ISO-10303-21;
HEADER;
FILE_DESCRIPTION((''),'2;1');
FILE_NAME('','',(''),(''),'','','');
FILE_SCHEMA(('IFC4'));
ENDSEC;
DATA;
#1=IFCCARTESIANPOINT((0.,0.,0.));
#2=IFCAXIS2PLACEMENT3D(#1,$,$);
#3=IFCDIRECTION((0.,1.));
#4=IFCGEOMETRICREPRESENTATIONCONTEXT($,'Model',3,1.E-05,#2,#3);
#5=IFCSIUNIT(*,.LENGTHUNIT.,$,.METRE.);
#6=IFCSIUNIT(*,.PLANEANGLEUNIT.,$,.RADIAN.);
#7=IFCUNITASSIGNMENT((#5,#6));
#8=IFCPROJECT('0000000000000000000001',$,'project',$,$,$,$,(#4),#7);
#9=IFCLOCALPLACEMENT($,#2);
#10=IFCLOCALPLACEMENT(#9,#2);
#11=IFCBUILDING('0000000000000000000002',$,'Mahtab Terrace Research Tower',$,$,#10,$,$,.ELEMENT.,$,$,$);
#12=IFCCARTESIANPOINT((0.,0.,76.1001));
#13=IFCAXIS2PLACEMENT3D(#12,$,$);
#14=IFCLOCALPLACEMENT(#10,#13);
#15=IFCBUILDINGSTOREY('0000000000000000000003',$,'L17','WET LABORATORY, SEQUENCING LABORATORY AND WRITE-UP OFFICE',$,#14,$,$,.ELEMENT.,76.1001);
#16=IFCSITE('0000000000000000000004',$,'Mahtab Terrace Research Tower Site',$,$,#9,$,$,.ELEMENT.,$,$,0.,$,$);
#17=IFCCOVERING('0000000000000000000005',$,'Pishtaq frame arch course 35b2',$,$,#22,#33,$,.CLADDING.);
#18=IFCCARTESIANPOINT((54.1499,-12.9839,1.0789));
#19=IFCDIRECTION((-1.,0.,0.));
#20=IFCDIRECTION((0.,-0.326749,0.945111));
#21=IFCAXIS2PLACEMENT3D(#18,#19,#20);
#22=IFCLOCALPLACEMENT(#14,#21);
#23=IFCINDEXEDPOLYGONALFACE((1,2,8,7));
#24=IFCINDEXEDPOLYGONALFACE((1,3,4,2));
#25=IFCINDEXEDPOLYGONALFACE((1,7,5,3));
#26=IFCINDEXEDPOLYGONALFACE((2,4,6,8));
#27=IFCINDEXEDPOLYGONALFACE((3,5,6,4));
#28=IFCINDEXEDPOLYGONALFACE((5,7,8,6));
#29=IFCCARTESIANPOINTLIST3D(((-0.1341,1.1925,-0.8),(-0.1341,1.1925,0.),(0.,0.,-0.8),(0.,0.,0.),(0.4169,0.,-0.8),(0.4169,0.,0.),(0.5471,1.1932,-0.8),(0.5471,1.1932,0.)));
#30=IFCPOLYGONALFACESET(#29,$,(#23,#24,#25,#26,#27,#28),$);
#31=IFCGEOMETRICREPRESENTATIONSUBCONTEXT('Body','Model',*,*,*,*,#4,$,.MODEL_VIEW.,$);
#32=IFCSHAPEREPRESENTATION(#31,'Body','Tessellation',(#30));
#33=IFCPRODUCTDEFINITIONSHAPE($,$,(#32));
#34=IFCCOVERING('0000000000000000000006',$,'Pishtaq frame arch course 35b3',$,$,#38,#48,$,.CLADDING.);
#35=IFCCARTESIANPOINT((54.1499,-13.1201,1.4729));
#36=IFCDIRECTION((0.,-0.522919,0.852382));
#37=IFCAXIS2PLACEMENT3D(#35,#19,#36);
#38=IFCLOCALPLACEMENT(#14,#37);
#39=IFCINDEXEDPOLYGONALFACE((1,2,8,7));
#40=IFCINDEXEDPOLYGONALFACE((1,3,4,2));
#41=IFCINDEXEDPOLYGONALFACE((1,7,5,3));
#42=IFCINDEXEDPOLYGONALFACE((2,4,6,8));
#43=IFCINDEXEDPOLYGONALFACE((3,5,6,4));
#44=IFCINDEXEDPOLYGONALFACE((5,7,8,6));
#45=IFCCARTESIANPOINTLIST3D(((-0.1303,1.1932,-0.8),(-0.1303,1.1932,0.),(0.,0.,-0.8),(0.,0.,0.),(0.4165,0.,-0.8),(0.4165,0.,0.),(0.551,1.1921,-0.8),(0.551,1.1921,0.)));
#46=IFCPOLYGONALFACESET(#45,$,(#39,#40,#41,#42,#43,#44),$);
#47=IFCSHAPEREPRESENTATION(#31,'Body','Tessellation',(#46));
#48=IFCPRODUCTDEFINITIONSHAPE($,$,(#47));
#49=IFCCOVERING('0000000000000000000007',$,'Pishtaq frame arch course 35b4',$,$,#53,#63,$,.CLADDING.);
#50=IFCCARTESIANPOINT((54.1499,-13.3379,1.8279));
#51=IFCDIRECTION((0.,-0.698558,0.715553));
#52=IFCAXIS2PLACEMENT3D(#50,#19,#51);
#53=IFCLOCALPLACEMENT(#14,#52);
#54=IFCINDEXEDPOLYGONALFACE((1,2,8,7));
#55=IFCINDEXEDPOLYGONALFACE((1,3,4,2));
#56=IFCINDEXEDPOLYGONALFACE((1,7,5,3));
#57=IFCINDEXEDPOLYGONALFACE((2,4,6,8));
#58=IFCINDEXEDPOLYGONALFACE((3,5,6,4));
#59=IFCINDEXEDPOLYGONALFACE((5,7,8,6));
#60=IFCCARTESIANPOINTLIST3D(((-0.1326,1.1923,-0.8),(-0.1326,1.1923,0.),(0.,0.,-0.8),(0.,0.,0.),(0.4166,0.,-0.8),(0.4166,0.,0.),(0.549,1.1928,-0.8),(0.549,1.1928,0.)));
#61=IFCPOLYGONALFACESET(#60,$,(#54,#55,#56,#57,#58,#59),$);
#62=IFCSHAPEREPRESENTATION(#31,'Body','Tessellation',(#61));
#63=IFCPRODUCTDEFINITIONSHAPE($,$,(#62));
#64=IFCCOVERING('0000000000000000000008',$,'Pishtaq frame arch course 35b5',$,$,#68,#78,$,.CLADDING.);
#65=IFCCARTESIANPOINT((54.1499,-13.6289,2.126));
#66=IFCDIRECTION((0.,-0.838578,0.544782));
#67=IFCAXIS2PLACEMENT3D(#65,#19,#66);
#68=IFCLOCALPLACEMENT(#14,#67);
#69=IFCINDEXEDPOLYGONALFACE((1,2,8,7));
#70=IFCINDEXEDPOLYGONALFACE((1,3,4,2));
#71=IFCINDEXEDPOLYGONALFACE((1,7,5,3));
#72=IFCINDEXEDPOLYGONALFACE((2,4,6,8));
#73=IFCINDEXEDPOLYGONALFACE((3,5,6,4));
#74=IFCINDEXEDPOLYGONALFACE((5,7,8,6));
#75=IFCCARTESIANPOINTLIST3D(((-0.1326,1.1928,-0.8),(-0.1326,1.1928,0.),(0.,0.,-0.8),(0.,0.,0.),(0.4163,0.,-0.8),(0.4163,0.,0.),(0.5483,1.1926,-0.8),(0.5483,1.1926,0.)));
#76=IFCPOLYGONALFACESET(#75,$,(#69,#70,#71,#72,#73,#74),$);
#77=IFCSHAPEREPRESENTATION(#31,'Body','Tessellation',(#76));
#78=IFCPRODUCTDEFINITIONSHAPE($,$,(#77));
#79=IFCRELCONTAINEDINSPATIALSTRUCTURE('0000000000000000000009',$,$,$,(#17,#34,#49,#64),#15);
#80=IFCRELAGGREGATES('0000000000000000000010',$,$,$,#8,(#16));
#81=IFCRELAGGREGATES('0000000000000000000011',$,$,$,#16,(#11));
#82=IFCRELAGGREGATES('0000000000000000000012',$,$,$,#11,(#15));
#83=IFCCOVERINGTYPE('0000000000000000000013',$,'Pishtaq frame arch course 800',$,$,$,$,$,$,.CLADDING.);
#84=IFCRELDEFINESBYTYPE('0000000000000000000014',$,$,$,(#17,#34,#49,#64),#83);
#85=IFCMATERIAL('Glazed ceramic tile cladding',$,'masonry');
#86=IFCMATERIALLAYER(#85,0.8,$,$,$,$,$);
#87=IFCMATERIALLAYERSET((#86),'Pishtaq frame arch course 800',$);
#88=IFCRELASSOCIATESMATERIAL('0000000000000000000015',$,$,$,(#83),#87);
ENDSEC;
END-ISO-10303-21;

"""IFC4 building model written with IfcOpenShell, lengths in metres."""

from ifc_helpers import new_model, si_unit, direction, frame, origin, place, context, subcontext, project, spatial, polyline, outline, extrude, material, layer, layer_set, type_object, element, save


model = new_model("IFC4")

# Units and contexts
model_context = context("Model", 3, precision=1e-05, world=origin(), true_north=direction((0.0, 1.0)))
body_context = subcontext(model_context, "Body", "Model", "MODEL_VIEW")
ifc_project = project(units=[si_unit("LENGTHUNIT", "METRE"), si_unit("PLANEANGLEUNIT", "RADIAN")], contexts=[model_context])

# Site, building, storey
site_placement = place(None, origin())
site = spatial("IfcSite", under=ifc_project, at=site_placement, Name="Mahtab Terrace Research Tower Site", CompositionType="ELEMENT", RefElevation=0.0)
building_placement = place(site_placement, origin())
building = spatial("IfcBuilding", under=site, at=building_placement, Name="Mahtab Terrace Research Tower", CompositionType="ELEMENT")
storey_placement = place(building_placement, frame((0.0, 0.0, 76.1001)))
storey = spatial("IfcBuildingStorey", under=building, at=storey_placement, Name="L17", Description="WET LABORATORY, SEQUENCING LABORATORY AND WRITE-UP OFFICE", CompositionType="ELEMENT", Elevation=76.1001)

# Coverings
ifc_material_1 = material(Name="Glazed ceramic tile cladding", Category="masonry")
ifc_layer_1 = layer(ifc_material_1, 0.8)
ifc_layer_set_1 = layer_set([ifc_layer_1], Name="Pishtaq frame arch course 800")
covering_type_1 = type_object("IfcCoveringType", Name="Pishtaq frame arch course 800", PredefinedType="CLADDING", material=ifc_layer_set_1)
covering_1_placement = place(storey_placement, frame((54.1499, -12.9839, 1.0789), z_axis=(-1.0, 0.0, 0.0), x_axis=(0.0, -0.326749, 0.945111)))
element("IfcCovering", 1, at=covering_1_placement, inside=storey, type_object=covering_type_1, Name="Pishtaq frame arch course 35b2", PredefinedType="CLADDING", context=body_context, shape_type="SweptSolid", body=[
    extrude(outline(polyline([(0.0, 0.0), (0.4169, 0.0), (0.5471, 1.1932), (-0.1341, 1.1925), (0.0, 0.0)])), origin(), (0.0, 0.0, -1.0), 0.8),
])
covering_2_placement = place(storey_placement, frame((54.1499, -13.1201, 1.4729), z_axis=(-1.0, 0.0, 0.0), x_axis=(0.0, -0.522919, 0.852382)))
element("IfcCovering", 2, at=covering_2_placement, inside=storey, type_object=covering_type_1, Name="Pishtaq frame arch course 35b3", PredefinedType="CLADDING", context=body_context, shape_type="SweptSolid", body=[
    extrude(outline(polyline([(0.0, 0.0), (0.4165, 0.0), (0.551, 1.1921), (-0.1303, 1.1932), (0.0, 0.0)])), origin(), (0.0, 0.0, -1.0), 0.8),
])
covering_3_placement = place(storey_placement, frame((54.1499, -13.3379, 1.8279), z_axis=(-1.0, 0.0, 0.0), x_axis=(0.0, -0.698558, 0.715553)))
element("IfcCovering", 3, at=covering_3_placement, inside=storey, type_object=covering_type_1, Name="Pishtaq frame arch course 35b4", PredefinedType="CLADDING", context=body_context, shape_type="SweptSolid", body=[
    extrude(outline(polyline([(0.0, 0.0), (0.4166, 0.0), (0.549, 1.1928), (-0.1326, 1.1923), (0.0, 0.0)])), origin(), (0.0, 0.0, -1.0), 0.8),
])
covering_4_placement = place(storey_placement, frame((54.1499, -13.6289, 2.126), z_axis=(-1.0, 0.0, 0.0), x_axis=(0.0, -0.838578, 0.544782)))
element("IfcCovering", 4, at=covering_4_placement, inside=storey, type_object=covering_type_1, Name="Pishtaq frame arch course 35b5", PredefinedType="CLADDING", context=body_context, shape_type="SweptSolid", body=[
    extrude(outline(polyline([(0.0, 0.0), (0.4163, 0.0), (0.5483, 1.1926), (-0.1326, 1.1928), (0.0, 0.0)])), origin(), (0.0, 0.0, -1.0), 0.8),
])

save(model, "model.ifc")
